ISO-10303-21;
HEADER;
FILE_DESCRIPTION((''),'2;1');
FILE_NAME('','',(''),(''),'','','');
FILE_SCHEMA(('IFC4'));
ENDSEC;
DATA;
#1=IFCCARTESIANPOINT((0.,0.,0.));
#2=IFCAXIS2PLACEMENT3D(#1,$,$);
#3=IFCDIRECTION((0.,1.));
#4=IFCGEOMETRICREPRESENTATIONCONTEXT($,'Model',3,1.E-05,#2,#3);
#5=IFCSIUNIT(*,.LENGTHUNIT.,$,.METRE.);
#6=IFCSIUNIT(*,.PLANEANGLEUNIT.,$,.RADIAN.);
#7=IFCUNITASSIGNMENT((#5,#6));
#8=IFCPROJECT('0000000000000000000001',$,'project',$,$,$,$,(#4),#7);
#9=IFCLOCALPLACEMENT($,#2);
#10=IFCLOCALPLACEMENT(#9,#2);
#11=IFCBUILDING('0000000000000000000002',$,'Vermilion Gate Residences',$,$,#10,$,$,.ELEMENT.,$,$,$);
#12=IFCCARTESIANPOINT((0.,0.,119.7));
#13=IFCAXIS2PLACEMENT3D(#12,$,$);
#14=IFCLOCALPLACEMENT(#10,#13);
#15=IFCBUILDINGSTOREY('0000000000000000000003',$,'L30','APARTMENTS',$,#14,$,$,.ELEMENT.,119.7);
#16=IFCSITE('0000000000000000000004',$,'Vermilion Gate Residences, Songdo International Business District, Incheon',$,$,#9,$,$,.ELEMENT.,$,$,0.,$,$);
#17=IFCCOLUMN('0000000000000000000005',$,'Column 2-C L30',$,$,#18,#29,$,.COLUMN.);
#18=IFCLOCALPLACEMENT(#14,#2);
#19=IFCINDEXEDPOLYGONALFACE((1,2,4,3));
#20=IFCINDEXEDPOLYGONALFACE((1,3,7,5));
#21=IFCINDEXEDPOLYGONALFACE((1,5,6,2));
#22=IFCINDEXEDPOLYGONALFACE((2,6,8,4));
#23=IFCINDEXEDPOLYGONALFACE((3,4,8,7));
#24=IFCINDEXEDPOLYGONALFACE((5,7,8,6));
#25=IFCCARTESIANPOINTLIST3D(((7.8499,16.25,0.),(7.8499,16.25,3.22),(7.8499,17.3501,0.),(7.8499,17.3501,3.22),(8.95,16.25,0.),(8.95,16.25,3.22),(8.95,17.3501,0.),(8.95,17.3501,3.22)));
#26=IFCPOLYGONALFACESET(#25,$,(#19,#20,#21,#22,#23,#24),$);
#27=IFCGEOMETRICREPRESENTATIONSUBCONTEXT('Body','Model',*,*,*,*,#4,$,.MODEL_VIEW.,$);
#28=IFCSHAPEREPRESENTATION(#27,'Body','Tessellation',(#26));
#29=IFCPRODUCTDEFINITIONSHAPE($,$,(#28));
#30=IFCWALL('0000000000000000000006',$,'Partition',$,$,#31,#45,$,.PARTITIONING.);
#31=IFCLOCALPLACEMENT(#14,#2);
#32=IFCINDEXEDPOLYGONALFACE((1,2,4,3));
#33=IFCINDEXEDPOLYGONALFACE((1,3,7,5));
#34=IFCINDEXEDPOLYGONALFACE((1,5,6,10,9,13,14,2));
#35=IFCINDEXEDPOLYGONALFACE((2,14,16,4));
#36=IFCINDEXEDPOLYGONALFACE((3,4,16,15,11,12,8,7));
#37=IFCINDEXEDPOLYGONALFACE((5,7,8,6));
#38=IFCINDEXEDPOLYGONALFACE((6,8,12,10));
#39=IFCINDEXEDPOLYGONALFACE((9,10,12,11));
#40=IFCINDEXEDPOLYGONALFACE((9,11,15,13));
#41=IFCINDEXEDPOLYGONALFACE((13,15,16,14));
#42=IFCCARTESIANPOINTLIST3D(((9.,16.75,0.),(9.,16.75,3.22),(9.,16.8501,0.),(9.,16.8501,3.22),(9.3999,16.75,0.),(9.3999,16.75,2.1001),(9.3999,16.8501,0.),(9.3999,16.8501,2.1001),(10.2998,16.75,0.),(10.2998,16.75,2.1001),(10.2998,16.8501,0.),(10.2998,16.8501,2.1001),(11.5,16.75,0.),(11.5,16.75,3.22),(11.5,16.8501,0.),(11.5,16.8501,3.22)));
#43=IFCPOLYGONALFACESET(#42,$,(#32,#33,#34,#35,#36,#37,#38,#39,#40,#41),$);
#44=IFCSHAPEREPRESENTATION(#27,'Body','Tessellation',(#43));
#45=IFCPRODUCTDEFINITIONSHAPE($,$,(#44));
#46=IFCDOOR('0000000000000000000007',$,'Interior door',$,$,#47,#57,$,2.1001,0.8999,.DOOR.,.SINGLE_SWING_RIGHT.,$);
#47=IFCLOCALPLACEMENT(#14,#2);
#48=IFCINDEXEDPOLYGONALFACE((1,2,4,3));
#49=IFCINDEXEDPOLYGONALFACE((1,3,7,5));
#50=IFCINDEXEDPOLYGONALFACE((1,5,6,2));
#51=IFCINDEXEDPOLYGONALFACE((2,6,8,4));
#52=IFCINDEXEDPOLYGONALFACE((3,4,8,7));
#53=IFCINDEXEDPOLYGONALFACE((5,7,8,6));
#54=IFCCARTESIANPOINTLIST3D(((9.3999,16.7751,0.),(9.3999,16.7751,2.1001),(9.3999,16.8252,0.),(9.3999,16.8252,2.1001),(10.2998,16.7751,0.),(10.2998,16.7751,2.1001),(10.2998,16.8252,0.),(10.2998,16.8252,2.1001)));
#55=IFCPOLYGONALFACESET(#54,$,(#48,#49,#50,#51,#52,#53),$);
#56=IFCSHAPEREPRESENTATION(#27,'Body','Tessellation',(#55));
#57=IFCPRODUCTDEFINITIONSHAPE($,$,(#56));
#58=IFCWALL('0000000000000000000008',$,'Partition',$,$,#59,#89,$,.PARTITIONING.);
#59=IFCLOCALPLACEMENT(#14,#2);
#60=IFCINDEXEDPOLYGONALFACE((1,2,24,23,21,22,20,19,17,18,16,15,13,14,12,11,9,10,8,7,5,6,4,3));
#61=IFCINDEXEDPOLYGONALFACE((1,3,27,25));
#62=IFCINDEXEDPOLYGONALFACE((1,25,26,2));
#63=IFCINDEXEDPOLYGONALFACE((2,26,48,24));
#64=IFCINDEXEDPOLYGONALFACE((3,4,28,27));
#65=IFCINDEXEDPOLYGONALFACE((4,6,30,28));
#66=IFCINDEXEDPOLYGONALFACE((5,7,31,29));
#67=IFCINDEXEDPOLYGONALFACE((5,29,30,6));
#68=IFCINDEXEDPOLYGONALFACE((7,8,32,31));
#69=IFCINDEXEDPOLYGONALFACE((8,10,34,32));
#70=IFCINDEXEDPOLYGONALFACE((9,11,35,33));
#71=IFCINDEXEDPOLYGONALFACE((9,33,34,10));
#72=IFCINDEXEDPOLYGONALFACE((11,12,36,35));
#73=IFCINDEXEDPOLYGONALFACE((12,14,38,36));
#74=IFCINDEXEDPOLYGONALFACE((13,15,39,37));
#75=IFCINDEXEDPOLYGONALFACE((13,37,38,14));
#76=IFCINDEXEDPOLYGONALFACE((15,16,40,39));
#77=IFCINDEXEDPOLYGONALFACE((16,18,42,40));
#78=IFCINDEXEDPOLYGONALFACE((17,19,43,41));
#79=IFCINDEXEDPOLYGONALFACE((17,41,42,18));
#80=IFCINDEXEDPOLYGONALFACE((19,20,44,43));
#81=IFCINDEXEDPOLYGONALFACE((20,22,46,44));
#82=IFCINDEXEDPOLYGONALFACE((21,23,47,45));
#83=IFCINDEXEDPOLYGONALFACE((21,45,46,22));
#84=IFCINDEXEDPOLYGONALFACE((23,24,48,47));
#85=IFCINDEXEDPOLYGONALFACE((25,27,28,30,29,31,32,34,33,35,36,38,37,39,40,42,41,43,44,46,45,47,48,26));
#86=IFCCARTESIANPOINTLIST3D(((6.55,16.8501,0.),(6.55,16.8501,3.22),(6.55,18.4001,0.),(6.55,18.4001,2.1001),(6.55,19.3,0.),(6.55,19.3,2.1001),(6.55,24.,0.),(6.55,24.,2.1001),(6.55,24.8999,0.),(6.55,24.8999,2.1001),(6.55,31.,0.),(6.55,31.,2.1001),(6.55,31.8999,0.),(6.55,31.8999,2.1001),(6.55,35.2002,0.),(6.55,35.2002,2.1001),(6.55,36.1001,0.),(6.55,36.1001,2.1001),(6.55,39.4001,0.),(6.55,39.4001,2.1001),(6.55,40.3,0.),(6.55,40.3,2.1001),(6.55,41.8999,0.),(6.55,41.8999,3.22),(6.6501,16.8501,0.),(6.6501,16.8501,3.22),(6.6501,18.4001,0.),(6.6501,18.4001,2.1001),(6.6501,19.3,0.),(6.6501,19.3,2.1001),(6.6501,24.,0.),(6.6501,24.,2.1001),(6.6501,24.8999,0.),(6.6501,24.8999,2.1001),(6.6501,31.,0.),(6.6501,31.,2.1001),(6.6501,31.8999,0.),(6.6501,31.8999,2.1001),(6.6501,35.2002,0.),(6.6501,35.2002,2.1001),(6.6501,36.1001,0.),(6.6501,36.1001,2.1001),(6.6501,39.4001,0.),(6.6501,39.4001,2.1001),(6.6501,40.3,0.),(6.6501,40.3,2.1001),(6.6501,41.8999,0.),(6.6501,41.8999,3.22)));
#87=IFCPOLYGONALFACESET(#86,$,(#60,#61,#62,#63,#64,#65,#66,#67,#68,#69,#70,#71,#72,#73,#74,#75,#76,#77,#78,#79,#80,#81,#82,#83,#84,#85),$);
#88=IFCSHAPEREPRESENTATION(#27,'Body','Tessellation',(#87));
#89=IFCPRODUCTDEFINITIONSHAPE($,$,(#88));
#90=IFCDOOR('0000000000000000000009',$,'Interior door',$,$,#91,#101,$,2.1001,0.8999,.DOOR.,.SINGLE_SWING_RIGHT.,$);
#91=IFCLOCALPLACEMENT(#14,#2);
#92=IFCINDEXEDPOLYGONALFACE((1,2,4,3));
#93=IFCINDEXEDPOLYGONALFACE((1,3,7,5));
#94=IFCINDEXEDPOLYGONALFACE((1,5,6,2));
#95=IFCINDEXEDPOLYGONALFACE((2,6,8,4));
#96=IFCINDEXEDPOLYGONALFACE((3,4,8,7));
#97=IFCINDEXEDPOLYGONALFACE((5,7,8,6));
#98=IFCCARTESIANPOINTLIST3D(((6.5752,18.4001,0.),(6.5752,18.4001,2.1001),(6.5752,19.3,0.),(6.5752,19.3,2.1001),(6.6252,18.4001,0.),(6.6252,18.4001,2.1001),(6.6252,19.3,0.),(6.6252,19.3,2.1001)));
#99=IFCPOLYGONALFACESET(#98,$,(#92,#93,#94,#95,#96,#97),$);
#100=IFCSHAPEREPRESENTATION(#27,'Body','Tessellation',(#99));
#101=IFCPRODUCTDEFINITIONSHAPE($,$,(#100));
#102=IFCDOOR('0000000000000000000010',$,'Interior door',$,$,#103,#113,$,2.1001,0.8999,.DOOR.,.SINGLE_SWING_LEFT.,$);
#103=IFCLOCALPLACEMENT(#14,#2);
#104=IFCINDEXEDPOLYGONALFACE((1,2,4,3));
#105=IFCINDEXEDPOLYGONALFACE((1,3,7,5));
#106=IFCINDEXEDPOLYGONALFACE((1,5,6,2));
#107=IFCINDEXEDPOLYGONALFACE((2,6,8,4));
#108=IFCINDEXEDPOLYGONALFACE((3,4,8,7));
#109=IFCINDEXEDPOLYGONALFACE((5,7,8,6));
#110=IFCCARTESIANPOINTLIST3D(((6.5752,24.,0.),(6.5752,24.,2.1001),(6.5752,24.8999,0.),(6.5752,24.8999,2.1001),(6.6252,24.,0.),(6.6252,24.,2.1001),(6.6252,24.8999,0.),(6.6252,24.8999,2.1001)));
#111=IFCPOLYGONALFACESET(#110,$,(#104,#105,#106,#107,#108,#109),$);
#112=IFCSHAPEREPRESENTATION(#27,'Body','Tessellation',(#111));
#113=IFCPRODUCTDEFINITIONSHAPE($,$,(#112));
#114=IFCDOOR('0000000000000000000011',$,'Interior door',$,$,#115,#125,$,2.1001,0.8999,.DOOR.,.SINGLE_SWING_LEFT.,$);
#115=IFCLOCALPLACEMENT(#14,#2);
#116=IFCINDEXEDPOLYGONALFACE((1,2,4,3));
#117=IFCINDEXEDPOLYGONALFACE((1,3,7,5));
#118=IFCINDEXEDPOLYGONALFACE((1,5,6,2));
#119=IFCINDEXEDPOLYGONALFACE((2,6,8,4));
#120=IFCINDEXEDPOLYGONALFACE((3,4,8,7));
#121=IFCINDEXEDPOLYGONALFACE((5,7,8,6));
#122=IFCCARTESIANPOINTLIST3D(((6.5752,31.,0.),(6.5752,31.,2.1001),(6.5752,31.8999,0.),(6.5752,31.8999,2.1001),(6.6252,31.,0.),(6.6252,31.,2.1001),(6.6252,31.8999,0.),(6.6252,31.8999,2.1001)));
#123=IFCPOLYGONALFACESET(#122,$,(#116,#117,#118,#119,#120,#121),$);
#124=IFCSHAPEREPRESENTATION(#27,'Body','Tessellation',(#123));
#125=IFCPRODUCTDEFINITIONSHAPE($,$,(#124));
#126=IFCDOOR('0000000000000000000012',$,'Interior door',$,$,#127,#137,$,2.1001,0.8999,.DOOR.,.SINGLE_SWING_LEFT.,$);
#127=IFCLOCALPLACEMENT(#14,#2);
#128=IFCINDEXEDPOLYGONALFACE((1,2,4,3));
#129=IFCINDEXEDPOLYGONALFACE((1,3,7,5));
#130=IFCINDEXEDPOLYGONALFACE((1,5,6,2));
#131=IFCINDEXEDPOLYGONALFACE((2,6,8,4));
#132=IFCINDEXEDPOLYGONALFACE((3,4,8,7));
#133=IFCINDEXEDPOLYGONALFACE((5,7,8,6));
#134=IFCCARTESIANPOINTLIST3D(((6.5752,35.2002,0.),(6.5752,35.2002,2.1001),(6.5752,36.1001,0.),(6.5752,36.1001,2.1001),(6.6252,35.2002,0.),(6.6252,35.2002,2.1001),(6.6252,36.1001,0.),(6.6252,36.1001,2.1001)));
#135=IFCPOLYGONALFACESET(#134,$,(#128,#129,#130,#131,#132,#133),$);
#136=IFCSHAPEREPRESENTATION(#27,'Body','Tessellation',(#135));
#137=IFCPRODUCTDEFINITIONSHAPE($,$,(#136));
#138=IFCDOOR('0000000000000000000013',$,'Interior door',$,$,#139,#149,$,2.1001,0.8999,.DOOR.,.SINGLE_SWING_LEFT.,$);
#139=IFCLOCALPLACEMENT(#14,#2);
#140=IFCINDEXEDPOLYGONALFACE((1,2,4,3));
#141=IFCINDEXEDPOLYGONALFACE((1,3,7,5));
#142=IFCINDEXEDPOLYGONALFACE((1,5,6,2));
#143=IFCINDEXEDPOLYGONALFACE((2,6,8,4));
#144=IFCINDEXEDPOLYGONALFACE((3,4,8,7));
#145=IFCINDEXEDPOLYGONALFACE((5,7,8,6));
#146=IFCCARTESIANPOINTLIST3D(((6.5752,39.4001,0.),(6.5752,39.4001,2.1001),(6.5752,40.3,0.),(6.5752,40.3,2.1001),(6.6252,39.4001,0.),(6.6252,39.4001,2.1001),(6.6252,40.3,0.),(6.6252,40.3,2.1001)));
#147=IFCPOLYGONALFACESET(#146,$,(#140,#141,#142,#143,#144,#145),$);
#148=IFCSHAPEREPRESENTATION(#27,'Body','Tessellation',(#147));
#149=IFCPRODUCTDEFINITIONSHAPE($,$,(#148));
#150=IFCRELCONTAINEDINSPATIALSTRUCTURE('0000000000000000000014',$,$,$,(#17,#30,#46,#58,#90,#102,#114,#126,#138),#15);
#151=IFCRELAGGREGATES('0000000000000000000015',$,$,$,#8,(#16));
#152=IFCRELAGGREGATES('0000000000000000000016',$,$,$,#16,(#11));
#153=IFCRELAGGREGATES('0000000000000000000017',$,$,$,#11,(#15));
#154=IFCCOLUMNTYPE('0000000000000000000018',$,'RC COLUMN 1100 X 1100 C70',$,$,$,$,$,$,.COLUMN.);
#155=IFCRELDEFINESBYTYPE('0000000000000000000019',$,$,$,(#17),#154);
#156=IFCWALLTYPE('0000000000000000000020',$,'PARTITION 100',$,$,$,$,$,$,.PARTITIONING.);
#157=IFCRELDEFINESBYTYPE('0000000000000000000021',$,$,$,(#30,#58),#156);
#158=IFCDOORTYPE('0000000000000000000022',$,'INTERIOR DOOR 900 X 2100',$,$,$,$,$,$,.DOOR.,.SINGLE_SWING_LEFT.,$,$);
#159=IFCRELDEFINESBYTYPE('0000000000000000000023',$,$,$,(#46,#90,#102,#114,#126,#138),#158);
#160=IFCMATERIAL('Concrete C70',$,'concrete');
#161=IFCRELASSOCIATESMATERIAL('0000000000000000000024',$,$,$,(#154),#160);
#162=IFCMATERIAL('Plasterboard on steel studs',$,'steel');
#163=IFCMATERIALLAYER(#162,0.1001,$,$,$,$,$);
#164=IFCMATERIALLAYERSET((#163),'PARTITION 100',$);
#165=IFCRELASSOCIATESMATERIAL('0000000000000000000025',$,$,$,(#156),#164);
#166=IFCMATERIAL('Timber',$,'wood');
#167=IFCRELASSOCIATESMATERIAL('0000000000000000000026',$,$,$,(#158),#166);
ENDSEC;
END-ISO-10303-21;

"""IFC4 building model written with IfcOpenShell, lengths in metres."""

from ifc_helpers import new_model, si_unit, direction, frame, frame_2d, origin, origin_2d, place, context, subcontext, project, spatial, rectangle, extrude, material, layer, layer_set, material_profile, profile_set, type_object, element, fill, save


model = new_model("IFC4")

# Units and contexts
model_context = context("Model", 3, precision=1e-05, world=origin(), true_north=direction((0.0, 1.0)))
body_context = subcontext(model_context, "Body", "Model", "MODEL_VIEW")
ifc_project = project(units=[si_unit("LENGTHUNIT", "METRE"), si_unit("PLANEANGLEUNIT", "RADIAN")], contexts=[model_context])

# Site, building, storey
site_placement = place(None, origin())
site = spatial("IfcSite", under=ifc_project, at=site_placement, Name="Vermilion Gate Residences, Songdo International Business District, Incheon", CompositionType="ELEMENT", RefElevation=0.0)
building_placement = place(site_placement, origin())
building = spatial("IfcBuilding", under=site, at=building_placement, Name="Vermilion Gate Residences", CompositionType="ELEMENT")
storey_placement = place(building_placement, frame((0.0, 0.0, 119.7)))
storey = spatial("IfcBuildingStorey", under=building, at=storey_placement, Name="L30", Description="APARTMENTS", CompositionType="ELEMENT", Elevation=119.7)

# Column
ifc_material_1 = material(Name="Concrete C70", Category="concrete")
ifc_material_profile = material_profile(ifc_material_1, rectangle(XDim=1.1001, YDim=1.1001, at=origin_2d()), Name="RC-1100x1100")
ifc_profile_set = profile_set([ifc_material_profile], Name="Concrete C70")
column_type = type_object("IfcColumnType", Name="RC COLUMN 1100 X 1100 C70", PredefinedType="COLUMN", material=ifc_profile_set)
column_placement = place(storey_placement, frame((8.3999, 16.8, 0.0), z_axis=(0.0, 0.0, 1.0), x_axis=(1.0, 0.0, 0.0)))
element("IfcColumn", 1, at=column_placement, inside=storey, type_object=column_type, Name="Column 2-C L30", PredefinedType="COLUMN", context=body_context, shape_type="SweptSolid", body=[
    extrude(rectangle(XDim=1.1001, YDim=1.1001, at=origin_2d()), origin(), (0.0, 0.0, 1.0), 3.22),
])

# Wall, opening, door
ifc_material_2 = material(Name="Plasterboard on steel studs", Category="steel")
ifc_layer_1 = layer(ifc_material_2, 0.1001)
ifc_layer_set_1 = layer_set([ifc_layer_1], Name="PARTITION 100")
wall_type_1 = type_object("IfcWallType", Name="PARTITION 100", PredefinedType="PARTITIONING", material=ifc_layer_set_1)
wall_1_placement = place(storey_placement, frame((9.0, 16.8, 0.0), z_axis=(0.0, 0.0, 1.0), x_axis=(1.0, 0.0, 0.0)))
wall_1 = element("IfcWall", 2, at=wall_1_placement, inside=storey, type_object=wall_type_1, Name="Partition", PredefinedType="PARTITIONING", context=body_context, shape_type="SweptSolid", body=[
    extrude(rectangle(XDim=2.5, YDim=0.1001, at=frame_2d((1.25, 0.0))), origin(), (0.0, 0.0, 1.0), 3.22),
])
opening_1_placement = place(wall_1_placement, frame((0.3999, 0.0, 0.0)))
opening_1 = element("IfcOpeningElement", 3, at=opening_1_placement, cuts=wall_1, PredefinedType="OPENING", context=body_context, shape_type="SweptSolid", body=[
    extrude(rectangle(XDim=0.8999, YDim=2.1001, at=frame_2d((0.45, 1.05))), frame((0.0, 0.0601, 0.0), z_axis=(0.0, -1.0, 0.0), x_axis=(1.0, 0.0, 0.0)), (0.0, 0.0, 1.0), 0.1201),
])
ifc_material_3 = material(Name="Timber", Category="wood")
door_type_1 = type_object("IfcDoorType", Name="INTERIOR DOOR 900 X 2100", OperationType="SINGLE_SWING_LEFT", PredefinedType="DOOR", material=ifc_material_3)
door_1_placement = place(opening_1_placement, frame((0.8999, 0.0, 0.0), z_axis=(0.0, 0.0, 1.0), x_axis=(-1.0, 0.0, 0.0)))
door_1 = element("IfcDoor", 4, at=door_1_placement, inside=storey, type_object=door_type_1, Name="Interior door", OperationType="SINGLE_SWING_RIGHT", OverallHeight=2.1001, OverallWidth=0.8999, PredefinedType="DOOR", context=body_context, shape_type="SweptSolid", body=[
    extrude(rectangle(XDim=0.8999, YDim=2.1001, at=frame_2d((0.45, 1.05))), frame((0.0, 0.0249, 0.0), z_axis=(0.0, -1.0, 0.0), x_axis=(1.0, 0.0, 0.0)), (0.0, 0.0, 1.0), 0.05),
])
fill(opening_1, door_1)

# Wall, openings, doors
wall_2_placement = place(storey_placement, frame((6.6001, 16.8501, 0.0), z_axis=(0.0, 0.0, 1.0), x_axis=(0.0, 1.0, 0.0)))
wall_2 = element("IfcWall", 5, at=wall_2_placement, inside=storey, type_object=wall_type_1, Name="Partition", PredefinedType="PARTITIONING", context=body_context, shape_type="SweptSolid", body=[
    extrude(rectangle(XDim=25.0498, YDim=0.1001, at=frame_2d((12.5249, 0.0))), origin(), (0.0, 0.0, 1.0), 3.22),
])
opening_2_placement = place(wall_2_placement, frame((1.55, 0.0, 0.0)))
opening_2 = element("IfcOpeningElement", 6, at=opening_2_placement, cuts=wall_2, PredefinedType="OPENING", context=body_context, shape_type="SweptSolid", body=[
    extrude(rectangle(XDim=0.8999, YDim=2.1001, at=frame_2d((0.45, 1.05))), frame((0.0, 0.0601, 0.0), z_axis=(0.0, -1.0, 0.0), x_axis=(1.0, 0.0, 0.0)), (0.0, 0.0, 1.0), 0.1201),
])
opening_3_placement = place(wall_2_placement, frame((7.1499, 0.0, 0.0)))
opening_3 = element("IfcOpeningElement", 7, at=opening_3_placement, cuts=wall_2, PredefinedType="OPENING", context=body_context, shape_type="SweptSolid", body=[
    extrude(rectangle(XDim=0.8999, YDim=2.1001, at=frame_2d((0.45, 1.05))), frame((0.0, 0.0601, 0.0), z_axis=(0.0, -1.0, 0.0), x_axis=(1.0, 0.0, 0.0)), (0.0, 0.0, 1.0), 0.1201),
])
opening_4_placement = place(wall_2_placement, frame((14.1499, 0.0, 0.0)))
opening_4 = element("IfcOpeningElement", 8, at=opening_4_placement, cuts=wall_2, PredefinedType="OPENING", context=body_context, shape_type="SweptSolid", body=[
    extrude(rectangle(XDim=0.8999, YDim=2.1001, at=frame_2d((0.45, 1.05))), frame((0.0, 0.0601, 0.0), z_axis=(0.0, -1.0, 0.0), x_axis=(1.0, 0.0, 0.0)), (0.0, 0.0, 1.0), 0.1201),
])
opening_5_placement = place(wall_2_placement, frame((18.3501, 0.0, 0.0)))
opening_5 = element("IfcOpeningElement", 9, at=opening_5_placement, cuts=wall_2, PredefinedType="OPENING", context=body_context, shape_type="SweptSolid", body=[
    extrude(rectangle(XDim=0.8999, YDim=2.1001, at=frame_2d((0.45, 1.05))), frame((0.0, 0.0601, 0.0), z_axis=(0.0, -1.0, 0.0), x_axis=(1.0, 0.0, 0.0)), (0.0, 0.0, 1.0), 0.1201),
])
opening_6_placement = place(wall_2_placement, frame((22.55, 0.0, 0.0)))
opening_6 = element("IfcOpeningElement", 10, at=opening_6_placement, cuts=wall_2, PredefinedType="OPENING", context=body_context, shape_type="SweptSolid", body=[
    extrude(rectangle(XDim=0.8999, YDim=2.1001, at=frame_2d((0.45, 1.05))), frame((0.0, 0.0601, 0.0), z_axis=(0.0, -1.0, 0.0), x_axis=(1.0, 0.0, 0.0)), (0.0, 0.0, 1.0), 0.1201),
])
door_2_placement = place(opening_2_placement, origin())
door_2 = element("IfcDoor", 11, at=door_2_placement, inside=storey, type_object=door_type_1, Name="Interior door", OperationType="SINGLE_SWING_RIGHT", OverallHeight=2.1001, OverallWidth=0.8999, PredefinedType="DOOR", context=body_context, shape_type="SweptSolid", body=[
    extrude(rectangle(XDim=0.8999, YDim=2.1001, at=frame_2d((0.45, 1.05))), frame((0.0, 0.0249, 0.0), z_axis=(0.0, -1.0, 0.0), x_axis=(1.0, 0.0, 0.0)), (0.0, 0.0, 1.0), 0.05),
])
fill(opening_2, door_2)
door_3_placement = place(opening_3_placement, origin())
door_3 = element("IfcDoor", 12, at=door_3_placement, inside=storey, type_object=door_type_1, Name="Interior door", OperationType="SINGLE_SWING_LEFT", OverallHeight=2.1001, OverallWidth=0.8999, PredefinedType="DOOR", context=body_context, shape_type="SweptSolid", body=[
    extrude(rectangle(XDim=0.8999, YDim=2.1001, at=frame_2d((0.45, 1.05))), frame((0.0, 0.0249, 0.0), z_axis=(0.0, -1.0, 0.0), x_axis=(1.0, 0.0, 0.0)), (0.0, 0.0, 1.0), 0.05),
])
fill(opening_3, door_3)
door_4_placement = place(opening_4_placement, origin())
door_4 = element("IfcDoor", 13, at=door_4_placement, inside=storey, type_object=door_type_1, Name="Interior door", OperationType="SINGLE_SWING_LEFT", OverallHeight=2.1001, OverallWidth=0.8999, PredefinedType="DOOR", context=body_context, shape_type="SweptSolid", body=[
    extrude(rectangle(XDim=0.8999, YDim=2.1001, at=frame_2d((0.45, 1.05))), frame((0.0, 0.0249, 0.0), z_axis=(0.0, -1.0, 0.0), x_axis=(1.0, 0.0, 0.0)), (0.0, 0.0, 1.0), 0.05),
])
fill(opening_4, door_4)
door_5_placement = place(opening_5_placement, origin())
door_5 = element("IfcDoor", 14, at=door_5_placement, inside=storey, type_object=door_type_1, Name="Interior door", OperationType="SINGLE_SWING_LEFT", OverallHeight=2.1001, OverallWidth=0.8999, PredefinedType="DOOR", context=body_context, shape_type="SweptSolid", body=[
    extrude(rectangle(XDim=0.8999, YDim=2.1001, at=frame_2d((0.45, 1.05))), frame((0.0, 0.0249, 0.0), z_axis=(0.0, -1.0, 0.0), x_axis=(1.0, 0.0, 0.0)), (0.0, 0.0, 1.0), 0.05),
])
fill(opening_5, door_5)
door_6_placement = place(opening_6_placement, origin())
door_6 = element("IfcDoor", 15, at=door_6_placement, inside=storey, type_object=door_type_1, Name="Interior door", OperationType="SINGLE_SWING_LEFT", OverallHeight=2.1001, OverallWidth=0.8999, PredefinedType="DOOR", context=body_context, shape_type="SweptSolid", body=[
    extrude(rectangle(XDim=0.8999, YDim=2.1001, at=frame_2d((0.45, 1.05))), frame((0.0, 0.0249, 0.0), z_axis=(0.0, -1.0, 0.0), x_axis=(1.0, 0.0, 0.0)), (0.0, 0.0, 1.0), 0.05),
])
fill(opening_6, door_6)

save(model, "model.ifc")
